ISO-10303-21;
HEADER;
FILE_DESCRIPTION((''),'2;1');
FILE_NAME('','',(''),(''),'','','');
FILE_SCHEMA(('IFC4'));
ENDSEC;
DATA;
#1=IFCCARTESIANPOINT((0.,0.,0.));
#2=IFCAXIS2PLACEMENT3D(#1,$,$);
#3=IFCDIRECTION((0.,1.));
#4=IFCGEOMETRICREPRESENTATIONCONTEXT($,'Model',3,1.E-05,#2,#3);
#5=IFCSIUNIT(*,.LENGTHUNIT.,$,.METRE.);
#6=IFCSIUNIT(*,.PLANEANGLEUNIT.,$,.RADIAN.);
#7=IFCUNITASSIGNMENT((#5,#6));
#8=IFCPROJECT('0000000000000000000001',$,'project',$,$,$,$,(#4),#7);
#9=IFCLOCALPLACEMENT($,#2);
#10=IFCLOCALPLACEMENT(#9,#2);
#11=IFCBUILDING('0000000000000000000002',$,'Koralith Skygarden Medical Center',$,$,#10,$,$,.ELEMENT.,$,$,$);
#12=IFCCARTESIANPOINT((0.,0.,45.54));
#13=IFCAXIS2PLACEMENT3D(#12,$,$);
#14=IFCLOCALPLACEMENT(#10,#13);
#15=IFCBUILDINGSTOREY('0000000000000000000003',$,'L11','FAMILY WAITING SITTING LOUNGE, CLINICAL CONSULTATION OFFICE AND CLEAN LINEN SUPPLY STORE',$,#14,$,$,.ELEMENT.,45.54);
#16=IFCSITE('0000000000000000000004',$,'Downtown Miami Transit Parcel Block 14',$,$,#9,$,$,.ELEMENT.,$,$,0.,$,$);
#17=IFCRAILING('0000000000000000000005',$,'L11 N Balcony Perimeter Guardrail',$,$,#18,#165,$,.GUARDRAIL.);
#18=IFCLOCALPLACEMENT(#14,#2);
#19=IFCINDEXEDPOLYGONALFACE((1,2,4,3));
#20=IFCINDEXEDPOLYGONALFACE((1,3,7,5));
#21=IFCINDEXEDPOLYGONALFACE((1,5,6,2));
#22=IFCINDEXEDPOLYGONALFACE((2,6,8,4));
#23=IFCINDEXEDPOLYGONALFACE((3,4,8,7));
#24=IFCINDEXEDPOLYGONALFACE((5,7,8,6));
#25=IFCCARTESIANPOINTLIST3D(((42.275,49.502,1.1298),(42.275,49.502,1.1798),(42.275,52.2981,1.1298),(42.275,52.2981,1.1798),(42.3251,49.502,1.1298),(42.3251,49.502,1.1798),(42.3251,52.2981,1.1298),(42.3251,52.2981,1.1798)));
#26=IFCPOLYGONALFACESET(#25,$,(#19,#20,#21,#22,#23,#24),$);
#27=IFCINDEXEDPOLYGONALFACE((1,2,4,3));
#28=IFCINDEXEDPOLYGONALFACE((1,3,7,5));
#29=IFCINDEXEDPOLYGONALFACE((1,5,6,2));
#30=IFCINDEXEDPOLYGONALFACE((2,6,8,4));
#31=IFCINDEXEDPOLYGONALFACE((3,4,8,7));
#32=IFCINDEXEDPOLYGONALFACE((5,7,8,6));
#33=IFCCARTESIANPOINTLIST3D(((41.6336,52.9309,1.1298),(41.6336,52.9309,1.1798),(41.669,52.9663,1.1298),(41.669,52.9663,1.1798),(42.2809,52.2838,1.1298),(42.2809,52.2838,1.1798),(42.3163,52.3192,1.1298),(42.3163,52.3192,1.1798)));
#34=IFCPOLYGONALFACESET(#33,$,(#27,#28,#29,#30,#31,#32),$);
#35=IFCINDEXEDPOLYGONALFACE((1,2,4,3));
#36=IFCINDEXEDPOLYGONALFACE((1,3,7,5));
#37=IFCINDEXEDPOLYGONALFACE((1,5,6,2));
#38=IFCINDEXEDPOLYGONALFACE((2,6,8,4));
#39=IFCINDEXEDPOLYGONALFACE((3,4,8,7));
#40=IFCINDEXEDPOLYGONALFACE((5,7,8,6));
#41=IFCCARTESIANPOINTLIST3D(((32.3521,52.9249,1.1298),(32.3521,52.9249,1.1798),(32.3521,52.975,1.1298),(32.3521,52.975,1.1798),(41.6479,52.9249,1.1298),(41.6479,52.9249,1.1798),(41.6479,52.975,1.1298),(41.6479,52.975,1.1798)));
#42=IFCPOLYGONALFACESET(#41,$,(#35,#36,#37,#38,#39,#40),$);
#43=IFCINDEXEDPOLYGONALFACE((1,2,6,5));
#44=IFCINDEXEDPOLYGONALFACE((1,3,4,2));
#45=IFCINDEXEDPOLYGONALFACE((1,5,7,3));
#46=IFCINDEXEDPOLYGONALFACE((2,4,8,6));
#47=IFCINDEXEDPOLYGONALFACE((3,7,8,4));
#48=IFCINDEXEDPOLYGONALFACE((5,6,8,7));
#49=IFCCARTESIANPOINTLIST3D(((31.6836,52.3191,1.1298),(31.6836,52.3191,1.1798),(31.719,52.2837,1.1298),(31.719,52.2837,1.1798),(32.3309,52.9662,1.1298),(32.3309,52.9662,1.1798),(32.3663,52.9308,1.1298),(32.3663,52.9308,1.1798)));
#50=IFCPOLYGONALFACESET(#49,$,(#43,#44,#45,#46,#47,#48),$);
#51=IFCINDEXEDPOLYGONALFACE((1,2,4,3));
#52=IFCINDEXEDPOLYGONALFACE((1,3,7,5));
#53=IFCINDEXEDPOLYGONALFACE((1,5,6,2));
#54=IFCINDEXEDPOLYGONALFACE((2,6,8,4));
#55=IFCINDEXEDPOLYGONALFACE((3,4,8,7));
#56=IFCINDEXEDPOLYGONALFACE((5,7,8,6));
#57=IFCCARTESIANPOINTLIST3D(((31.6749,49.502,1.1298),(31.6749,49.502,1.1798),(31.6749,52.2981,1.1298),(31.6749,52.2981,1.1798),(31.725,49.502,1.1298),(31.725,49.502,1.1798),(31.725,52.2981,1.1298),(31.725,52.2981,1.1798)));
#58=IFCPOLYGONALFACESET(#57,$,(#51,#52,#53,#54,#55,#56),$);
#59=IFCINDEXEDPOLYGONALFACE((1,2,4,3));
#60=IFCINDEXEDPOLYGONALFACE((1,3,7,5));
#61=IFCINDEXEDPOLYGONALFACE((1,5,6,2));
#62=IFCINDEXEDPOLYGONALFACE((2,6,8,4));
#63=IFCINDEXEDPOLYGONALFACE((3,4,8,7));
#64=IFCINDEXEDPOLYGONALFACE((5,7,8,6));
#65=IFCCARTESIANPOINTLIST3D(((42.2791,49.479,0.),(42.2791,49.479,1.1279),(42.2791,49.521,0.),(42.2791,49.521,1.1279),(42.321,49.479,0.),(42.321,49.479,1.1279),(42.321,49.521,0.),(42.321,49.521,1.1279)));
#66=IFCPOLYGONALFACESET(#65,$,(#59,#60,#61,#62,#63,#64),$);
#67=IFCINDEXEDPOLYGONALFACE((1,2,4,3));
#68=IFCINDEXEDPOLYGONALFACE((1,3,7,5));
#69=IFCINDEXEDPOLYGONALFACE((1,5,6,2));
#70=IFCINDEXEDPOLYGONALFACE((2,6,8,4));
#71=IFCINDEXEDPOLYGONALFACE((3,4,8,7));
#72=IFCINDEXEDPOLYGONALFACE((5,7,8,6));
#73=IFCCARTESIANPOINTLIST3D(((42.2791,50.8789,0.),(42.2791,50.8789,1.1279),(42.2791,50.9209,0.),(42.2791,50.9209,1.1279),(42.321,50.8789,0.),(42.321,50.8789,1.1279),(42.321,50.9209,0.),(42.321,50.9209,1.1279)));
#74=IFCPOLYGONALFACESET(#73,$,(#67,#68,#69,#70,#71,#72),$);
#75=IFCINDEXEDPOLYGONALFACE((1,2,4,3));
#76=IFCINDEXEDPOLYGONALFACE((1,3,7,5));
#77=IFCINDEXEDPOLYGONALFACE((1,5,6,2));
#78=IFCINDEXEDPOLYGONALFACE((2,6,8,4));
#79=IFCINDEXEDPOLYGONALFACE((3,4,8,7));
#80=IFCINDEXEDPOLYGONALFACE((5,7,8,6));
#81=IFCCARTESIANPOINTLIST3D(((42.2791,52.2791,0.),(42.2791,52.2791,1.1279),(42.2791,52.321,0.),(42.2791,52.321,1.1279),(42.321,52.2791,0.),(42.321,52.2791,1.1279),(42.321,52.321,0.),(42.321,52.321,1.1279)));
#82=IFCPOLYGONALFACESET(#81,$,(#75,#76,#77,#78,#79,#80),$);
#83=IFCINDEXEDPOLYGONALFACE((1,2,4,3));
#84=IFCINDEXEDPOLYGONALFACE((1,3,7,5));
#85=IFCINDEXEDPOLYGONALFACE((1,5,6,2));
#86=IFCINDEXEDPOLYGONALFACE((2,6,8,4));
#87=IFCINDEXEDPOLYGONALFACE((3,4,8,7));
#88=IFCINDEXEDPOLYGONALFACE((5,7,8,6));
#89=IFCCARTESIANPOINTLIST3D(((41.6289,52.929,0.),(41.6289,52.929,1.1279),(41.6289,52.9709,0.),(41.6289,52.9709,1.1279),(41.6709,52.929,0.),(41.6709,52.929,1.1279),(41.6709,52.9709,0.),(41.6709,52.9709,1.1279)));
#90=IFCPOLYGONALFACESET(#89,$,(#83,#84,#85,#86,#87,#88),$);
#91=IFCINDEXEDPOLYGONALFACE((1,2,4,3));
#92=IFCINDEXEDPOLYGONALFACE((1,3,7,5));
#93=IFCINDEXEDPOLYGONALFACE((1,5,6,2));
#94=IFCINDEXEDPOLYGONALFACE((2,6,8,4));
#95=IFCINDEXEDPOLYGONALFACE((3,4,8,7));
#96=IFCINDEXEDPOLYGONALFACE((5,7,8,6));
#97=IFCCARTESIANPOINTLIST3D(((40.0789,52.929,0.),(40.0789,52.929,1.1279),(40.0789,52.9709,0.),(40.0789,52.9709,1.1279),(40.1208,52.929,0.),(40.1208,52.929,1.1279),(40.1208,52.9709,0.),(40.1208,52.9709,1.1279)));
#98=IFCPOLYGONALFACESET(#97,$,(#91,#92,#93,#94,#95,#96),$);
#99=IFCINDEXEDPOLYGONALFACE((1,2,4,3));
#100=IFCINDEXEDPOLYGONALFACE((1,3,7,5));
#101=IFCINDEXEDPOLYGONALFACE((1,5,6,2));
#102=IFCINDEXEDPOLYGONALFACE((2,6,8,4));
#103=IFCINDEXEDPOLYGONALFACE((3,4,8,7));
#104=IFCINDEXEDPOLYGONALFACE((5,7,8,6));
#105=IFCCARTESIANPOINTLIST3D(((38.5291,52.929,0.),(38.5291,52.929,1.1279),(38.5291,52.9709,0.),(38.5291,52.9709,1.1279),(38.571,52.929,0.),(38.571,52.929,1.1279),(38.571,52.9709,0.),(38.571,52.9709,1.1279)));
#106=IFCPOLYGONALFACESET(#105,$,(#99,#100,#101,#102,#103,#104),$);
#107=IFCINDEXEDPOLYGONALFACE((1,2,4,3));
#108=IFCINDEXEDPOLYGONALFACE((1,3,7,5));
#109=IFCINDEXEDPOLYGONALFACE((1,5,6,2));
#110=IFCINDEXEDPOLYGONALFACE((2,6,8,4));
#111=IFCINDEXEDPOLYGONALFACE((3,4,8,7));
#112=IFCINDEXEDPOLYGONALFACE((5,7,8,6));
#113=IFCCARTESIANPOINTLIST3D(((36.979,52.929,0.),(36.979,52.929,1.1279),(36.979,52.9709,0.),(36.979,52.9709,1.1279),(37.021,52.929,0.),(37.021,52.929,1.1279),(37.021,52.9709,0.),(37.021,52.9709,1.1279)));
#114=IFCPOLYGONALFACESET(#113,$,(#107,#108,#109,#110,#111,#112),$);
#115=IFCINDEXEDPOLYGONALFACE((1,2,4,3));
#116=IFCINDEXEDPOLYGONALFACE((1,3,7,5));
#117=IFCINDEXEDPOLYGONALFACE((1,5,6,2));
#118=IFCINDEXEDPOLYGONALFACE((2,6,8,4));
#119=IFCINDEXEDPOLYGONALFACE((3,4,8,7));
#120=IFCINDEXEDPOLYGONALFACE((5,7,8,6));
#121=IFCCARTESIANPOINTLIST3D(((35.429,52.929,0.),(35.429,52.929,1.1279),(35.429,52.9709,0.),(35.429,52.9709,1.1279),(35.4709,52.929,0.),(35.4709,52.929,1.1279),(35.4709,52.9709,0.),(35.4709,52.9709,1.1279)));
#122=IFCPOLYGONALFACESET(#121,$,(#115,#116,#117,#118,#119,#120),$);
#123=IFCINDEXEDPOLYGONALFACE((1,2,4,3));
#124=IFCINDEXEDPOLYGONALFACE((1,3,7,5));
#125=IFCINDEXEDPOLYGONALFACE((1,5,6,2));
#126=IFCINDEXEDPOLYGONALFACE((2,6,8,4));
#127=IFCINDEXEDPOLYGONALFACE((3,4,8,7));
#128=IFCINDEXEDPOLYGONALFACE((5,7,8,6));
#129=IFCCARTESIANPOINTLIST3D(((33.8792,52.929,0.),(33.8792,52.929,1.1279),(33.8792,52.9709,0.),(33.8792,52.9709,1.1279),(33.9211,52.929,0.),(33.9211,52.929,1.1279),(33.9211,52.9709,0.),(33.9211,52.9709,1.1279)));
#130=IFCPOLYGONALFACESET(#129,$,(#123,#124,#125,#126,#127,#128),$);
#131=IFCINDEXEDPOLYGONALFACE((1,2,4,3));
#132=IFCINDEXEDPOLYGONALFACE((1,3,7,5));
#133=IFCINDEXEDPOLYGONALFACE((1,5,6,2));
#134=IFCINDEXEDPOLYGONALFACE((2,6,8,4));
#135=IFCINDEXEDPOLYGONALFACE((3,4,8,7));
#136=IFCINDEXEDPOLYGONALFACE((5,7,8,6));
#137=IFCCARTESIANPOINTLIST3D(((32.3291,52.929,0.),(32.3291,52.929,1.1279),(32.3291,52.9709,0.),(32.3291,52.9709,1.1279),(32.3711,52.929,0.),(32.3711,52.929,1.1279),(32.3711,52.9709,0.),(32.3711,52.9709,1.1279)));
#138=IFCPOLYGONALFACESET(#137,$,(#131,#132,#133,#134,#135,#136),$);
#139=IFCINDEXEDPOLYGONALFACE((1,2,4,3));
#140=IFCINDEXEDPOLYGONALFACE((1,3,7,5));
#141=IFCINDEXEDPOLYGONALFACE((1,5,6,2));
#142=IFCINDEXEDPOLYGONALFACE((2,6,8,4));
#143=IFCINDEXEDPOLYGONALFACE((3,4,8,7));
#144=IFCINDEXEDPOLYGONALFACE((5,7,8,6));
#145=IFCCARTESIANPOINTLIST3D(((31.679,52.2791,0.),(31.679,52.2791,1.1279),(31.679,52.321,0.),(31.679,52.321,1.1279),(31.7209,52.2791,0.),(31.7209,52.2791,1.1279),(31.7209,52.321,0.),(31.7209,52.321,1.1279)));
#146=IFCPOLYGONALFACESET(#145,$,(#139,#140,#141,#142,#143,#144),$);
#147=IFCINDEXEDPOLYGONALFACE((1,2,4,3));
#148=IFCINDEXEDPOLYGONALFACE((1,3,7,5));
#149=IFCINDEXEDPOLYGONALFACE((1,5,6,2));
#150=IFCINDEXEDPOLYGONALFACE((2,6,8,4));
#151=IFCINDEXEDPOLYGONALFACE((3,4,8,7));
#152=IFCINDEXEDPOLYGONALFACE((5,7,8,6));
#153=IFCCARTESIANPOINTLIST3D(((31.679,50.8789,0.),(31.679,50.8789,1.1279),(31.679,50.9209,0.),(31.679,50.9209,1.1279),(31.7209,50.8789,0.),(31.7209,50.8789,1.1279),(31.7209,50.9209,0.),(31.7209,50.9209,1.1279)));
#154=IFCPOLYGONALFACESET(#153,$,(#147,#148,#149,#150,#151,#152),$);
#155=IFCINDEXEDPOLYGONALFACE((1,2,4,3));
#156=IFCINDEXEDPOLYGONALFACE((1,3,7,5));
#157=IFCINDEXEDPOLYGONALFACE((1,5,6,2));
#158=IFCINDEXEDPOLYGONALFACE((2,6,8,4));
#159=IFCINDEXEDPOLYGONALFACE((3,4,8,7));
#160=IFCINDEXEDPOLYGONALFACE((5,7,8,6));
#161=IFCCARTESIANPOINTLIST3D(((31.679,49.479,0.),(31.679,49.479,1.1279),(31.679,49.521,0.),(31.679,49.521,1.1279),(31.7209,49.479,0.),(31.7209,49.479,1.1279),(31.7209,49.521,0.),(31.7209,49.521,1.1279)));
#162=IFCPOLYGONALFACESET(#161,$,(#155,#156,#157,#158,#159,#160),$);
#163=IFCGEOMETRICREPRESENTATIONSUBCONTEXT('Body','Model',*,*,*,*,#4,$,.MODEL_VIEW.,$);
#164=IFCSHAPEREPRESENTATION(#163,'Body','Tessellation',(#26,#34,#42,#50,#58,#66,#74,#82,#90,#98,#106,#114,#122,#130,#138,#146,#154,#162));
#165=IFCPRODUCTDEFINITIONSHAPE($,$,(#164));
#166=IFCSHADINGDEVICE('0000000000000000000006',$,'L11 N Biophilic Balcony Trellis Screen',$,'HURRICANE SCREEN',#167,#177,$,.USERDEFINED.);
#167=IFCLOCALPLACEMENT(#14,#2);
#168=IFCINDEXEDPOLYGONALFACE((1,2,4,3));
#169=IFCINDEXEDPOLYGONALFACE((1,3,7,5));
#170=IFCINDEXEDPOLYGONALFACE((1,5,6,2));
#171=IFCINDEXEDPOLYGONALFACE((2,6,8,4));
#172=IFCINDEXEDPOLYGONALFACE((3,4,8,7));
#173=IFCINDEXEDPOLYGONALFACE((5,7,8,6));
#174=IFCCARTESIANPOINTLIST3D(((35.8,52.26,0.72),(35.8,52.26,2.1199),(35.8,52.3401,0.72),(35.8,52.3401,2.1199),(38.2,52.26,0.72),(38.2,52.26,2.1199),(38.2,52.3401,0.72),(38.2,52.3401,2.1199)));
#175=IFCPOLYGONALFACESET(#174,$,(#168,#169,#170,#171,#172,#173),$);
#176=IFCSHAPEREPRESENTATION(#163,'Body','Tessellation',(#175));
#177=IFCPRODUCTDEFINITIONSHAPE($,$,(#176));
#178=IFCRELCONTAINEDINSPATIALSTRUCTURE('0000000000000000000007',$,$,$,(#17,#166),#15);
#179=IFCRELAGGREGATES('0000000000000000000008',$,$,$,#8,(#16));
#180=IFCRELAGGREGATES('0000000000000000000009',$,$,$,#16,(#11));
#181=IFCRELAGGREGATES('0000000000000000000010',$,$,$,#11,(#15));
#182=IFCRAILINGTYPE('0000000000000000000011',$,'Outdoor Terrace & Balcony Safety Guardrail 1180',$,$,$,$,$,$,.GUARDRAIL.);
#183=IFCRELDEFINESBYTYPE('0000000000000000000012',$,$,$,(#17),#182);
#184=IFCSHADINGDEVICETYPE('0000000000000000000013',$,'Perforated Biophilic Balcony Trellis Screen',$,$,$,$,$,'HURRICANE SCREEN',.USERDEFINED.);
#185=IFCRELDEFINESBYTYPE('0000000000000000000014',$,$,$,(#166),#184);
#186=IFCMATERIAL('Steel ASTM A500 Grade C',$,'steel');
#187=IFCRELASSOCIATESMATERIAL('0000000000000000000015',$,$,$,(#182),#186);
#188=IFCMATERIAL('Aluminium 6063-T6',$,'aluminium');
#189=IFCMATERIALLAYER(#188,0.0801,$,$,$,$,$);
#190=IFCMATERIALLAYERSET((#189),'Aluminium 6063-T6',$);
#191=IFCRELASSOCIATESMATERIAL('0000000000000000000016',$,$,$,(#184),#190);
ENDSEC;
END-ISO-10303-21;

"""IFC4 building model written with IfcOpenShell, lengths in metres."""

from ifc_helpers import new_model, si_unit, direction, frame, origin, origin_2d, place, context, subcontext, project, spatial, rectangle, extrude, material, layer, layer_set, type_object, element, save


model = new_model("IFC4")

# Units and contexts
model_context = context("Model", 3, precision=1e-05, world=origin(), true_north=direction((0.0, 1.0)))
body_context = subcontext(model_context, "Body", "Model", "MODEL_VIEW")
ifc_project = project(units=[si_unit("LENGTHUNIT", "METRE"), si_unit("PLANEANGLEUNIT", "RADIAN")], contexts=[model_context])

# Site, building, storey
site_placement = place(None, origin())
site = spatial("IfcSite", under=ifc_project, at=site_placement, Name="Downtown Miami Transit Parcel Block 14", CompositionType="ELEMENT", RefElevation=0.0)
building_placement = place(site_placement, origin())
building = spatial("IfcBuilding", under=site, at=building_placement, Name="Koralith Skygarden Medical Center", CompositionType="ELEMENT")
storey_placement = place(building_placement, frame((0.0, 0.0, 45.54)))
storey = spatial("IfcBuildingStorey", under=building, at=storey_placement, Name="L11", Description="FAMILY WAITING SITTING LOUNGE, CLINICAL CONSULTATION OFFICE AND CLEAN LINEN SUPPLY STORE", CompositionType="ELEMENT", Elevation=45.54)

# Shared definitions
ifc_material_1 = material(Name="Aluminium 6063-T6", Category="aluminium")

# Shared definitions
ifc_material_2 = material(Name="Steel ASTM A500 Grade C", Category="steel")

# Railing
railing_type = type_object("IfcRailingType", Name="Outdoor Terrace & Balcony Safety Guardrail 1180", PredefinedType="GUARDRAIL", material=ifc_material_2)
railing_placement = place(storey_placement, frame((42.3, 49.5, 0.0)))
element("IfcRailing", 1, at=railing_placement, inside=storey, type_object=railing_type, Name="L11 N Balcony Perimeter Guardrail", PredefinedType="GUARDRAIL", context=body_context, shape_type="SweptSolid", body=[
    extrude(rectangle(XDim=0.05, YDim=0.05, at=origin_2d()), frame((0.0, 0.002, 1.1548), z_axis=(0.0, 1.0, 0.0), x_axis=(-1.0, 0.0, 0.0)), (0.0, 0.0, 1.0), 2.7961),
    extrude(rectangle(XDim=0.05, YDim=0.05, at=origin_2d()), frame((-0.0015, 2.8015, 1.1548), z_axis=(-0.70724, 0.706974, 0.0), x_axis=(-0.706974, -0.70724, 0.0)), (0.0, 0.0, 1.0), 0.9153),
    extrude(rectangle(XDim=0.05, YDim=0.05, at=origin_2d()), frame((-0.6521, 3.45, 1.1548), z_axis=(-1.0, 0.0, 0.0), x_axis=(0.0, -1.0, 0.0)), (0.0, 0.0, 1.0), 9.2959),
    extrude(rectangle(XDim=0.05, YDim=0.05, at=origin_2d()), frame((-9.9514, 3.4485, 1.1548), z_axis=(-0.70724, -0.706974, 0.0), x_axis=(0.706974, -0.70724, 0.0)), (0.0, 0.0, 1.0), 0.9153),
    extrude(rectangle(XDim=0.05, YDim=0.05, at=origin_2d()), frame((-10.6001, 2.7981, 1.1548), z_axis=(0.0, -1.0, 0.0), x_axis=(1.0, 0.0, 0.0)), (0.0, 0.0, 1.0), 2.7961),
    extrude(rectangle(XDim=0.042, YDim=0.042, at=origin_2d()), origin(), (0.0, 0.0, 1.0), 1.1279),
    extrude(rectangle(XDim=0.042, YDim=0.042, at=origin_2d()), frame((0.0, 1.3999, 0.0)), (0.0, 0.0, 1.0), 1.1279),
    extrude(rectangle(XDim=0.042, YDim=0.042, at=origin_2d()), frame((0.0, 2.8, 0.0)), (0.0, 0.0, 1.0), 1.1279),
    extrude(rectangle(XDim=0.042, YDim=0.042, at=origin_2d()), frame((-0.6501, 3.45, 0.0)), (0.0, 0.0, 1.0), 1.1279),
    extrude(rectangle(XDim=0.042, YDim=0.042, at=origin_2d()), frame((-2.2002, 3.45, 0.0)), (0.0, 0.0, 1.0), 1.1279),
    extrude(rectangle(XDim=0.042, YDim=0.042, at=origin_2d()), frame((-3.75, 3.45, 0.0)), (0.0, 0.0, 1.0), 1.1279),
    extrude(rectangle(XDim=0.042, YDim=0.042, at=origin_2d()), frame((-5.3, 3.45, 0.0)), (0.0, 0.0, 1.0), 1.1279),
    extrude(rectangle(XDim=0.042, YDim=0.042, at=origin_2d()), frame((-6.8501, 3.45, 0.0)), (0.0, 0.0, 1.0), 1.1279),
    extrude(rectangle(XDim=0.042, YDim=0.042, at=origin_2d()), frame((-8.3999, 3.45, 0.0)), (0.0, 0.0, 1.0), 1.1279),
    extrude(rectangle(XDim=0.042, YDim=0.042, at=origin_2d()), frame((-9.95, 3.45, 0.0)), (0.0, 0.0, 1.0), 1.1279),
    extrude(rectangle(XDim=0.042, YDim=0.042, at=origin_2d()), frame((-10.6001, 2.8, 0.0)), (0.0, 0.0, 1.0), 1.1279),
    extrude(rectangle(XDim=0.042, YDim=0.042, at=origin_2d()), frame((-10.6001, 1.3999, 0.0)), (0.0, 0.0, 1.0), 1.1279),
    extrude(rectangle(XDim=0.042, YDim=0.042, at=origin_2d()), frame((-10.6001, 0.0, 0.0)), (0.0, 0.0, 1.0), 1.1279),
])

# Shading device
ifc_layer_1 = layer(ifc_material_1, 0.0801)
ifc_layer_set_1 = layer_set([ifc_layer_1], Name="Aluminium 6063-T6")
shading_device_type = type_object("IfcShadingDeviceType", Name="Perforated Biophilic Balcony Trellis Screen", ElementType="HURRICANE SCREEN", PredefinedType="USERDEFINED", material=ifc_layer_set_1)
shading_device_placement = place(storey_placement, frame((37.0, 52.3, 0.72), z_axis=(0.0, 0.0, 1.0), x_axis=(1.0, 0.0, 0.0)))
element("IfcShadingDevice", 2, at=shading_device_placement, inside=storey, type_object=shading_device_type, Name="L11 N Biophilic Balcony Trellis Screen", ObjectType="HURRICANE SCREEN", PredefinedType="USERDEFINED", context=body_context, shape_type="SweptSolid", body=[
    extrude(rectangle(XDim=2.3999, YDim=0.0801, at=origin_2d()), origin(), (0.0, 0.0, 1.0), 1.3999),
])

save(model, "model.ifc")
